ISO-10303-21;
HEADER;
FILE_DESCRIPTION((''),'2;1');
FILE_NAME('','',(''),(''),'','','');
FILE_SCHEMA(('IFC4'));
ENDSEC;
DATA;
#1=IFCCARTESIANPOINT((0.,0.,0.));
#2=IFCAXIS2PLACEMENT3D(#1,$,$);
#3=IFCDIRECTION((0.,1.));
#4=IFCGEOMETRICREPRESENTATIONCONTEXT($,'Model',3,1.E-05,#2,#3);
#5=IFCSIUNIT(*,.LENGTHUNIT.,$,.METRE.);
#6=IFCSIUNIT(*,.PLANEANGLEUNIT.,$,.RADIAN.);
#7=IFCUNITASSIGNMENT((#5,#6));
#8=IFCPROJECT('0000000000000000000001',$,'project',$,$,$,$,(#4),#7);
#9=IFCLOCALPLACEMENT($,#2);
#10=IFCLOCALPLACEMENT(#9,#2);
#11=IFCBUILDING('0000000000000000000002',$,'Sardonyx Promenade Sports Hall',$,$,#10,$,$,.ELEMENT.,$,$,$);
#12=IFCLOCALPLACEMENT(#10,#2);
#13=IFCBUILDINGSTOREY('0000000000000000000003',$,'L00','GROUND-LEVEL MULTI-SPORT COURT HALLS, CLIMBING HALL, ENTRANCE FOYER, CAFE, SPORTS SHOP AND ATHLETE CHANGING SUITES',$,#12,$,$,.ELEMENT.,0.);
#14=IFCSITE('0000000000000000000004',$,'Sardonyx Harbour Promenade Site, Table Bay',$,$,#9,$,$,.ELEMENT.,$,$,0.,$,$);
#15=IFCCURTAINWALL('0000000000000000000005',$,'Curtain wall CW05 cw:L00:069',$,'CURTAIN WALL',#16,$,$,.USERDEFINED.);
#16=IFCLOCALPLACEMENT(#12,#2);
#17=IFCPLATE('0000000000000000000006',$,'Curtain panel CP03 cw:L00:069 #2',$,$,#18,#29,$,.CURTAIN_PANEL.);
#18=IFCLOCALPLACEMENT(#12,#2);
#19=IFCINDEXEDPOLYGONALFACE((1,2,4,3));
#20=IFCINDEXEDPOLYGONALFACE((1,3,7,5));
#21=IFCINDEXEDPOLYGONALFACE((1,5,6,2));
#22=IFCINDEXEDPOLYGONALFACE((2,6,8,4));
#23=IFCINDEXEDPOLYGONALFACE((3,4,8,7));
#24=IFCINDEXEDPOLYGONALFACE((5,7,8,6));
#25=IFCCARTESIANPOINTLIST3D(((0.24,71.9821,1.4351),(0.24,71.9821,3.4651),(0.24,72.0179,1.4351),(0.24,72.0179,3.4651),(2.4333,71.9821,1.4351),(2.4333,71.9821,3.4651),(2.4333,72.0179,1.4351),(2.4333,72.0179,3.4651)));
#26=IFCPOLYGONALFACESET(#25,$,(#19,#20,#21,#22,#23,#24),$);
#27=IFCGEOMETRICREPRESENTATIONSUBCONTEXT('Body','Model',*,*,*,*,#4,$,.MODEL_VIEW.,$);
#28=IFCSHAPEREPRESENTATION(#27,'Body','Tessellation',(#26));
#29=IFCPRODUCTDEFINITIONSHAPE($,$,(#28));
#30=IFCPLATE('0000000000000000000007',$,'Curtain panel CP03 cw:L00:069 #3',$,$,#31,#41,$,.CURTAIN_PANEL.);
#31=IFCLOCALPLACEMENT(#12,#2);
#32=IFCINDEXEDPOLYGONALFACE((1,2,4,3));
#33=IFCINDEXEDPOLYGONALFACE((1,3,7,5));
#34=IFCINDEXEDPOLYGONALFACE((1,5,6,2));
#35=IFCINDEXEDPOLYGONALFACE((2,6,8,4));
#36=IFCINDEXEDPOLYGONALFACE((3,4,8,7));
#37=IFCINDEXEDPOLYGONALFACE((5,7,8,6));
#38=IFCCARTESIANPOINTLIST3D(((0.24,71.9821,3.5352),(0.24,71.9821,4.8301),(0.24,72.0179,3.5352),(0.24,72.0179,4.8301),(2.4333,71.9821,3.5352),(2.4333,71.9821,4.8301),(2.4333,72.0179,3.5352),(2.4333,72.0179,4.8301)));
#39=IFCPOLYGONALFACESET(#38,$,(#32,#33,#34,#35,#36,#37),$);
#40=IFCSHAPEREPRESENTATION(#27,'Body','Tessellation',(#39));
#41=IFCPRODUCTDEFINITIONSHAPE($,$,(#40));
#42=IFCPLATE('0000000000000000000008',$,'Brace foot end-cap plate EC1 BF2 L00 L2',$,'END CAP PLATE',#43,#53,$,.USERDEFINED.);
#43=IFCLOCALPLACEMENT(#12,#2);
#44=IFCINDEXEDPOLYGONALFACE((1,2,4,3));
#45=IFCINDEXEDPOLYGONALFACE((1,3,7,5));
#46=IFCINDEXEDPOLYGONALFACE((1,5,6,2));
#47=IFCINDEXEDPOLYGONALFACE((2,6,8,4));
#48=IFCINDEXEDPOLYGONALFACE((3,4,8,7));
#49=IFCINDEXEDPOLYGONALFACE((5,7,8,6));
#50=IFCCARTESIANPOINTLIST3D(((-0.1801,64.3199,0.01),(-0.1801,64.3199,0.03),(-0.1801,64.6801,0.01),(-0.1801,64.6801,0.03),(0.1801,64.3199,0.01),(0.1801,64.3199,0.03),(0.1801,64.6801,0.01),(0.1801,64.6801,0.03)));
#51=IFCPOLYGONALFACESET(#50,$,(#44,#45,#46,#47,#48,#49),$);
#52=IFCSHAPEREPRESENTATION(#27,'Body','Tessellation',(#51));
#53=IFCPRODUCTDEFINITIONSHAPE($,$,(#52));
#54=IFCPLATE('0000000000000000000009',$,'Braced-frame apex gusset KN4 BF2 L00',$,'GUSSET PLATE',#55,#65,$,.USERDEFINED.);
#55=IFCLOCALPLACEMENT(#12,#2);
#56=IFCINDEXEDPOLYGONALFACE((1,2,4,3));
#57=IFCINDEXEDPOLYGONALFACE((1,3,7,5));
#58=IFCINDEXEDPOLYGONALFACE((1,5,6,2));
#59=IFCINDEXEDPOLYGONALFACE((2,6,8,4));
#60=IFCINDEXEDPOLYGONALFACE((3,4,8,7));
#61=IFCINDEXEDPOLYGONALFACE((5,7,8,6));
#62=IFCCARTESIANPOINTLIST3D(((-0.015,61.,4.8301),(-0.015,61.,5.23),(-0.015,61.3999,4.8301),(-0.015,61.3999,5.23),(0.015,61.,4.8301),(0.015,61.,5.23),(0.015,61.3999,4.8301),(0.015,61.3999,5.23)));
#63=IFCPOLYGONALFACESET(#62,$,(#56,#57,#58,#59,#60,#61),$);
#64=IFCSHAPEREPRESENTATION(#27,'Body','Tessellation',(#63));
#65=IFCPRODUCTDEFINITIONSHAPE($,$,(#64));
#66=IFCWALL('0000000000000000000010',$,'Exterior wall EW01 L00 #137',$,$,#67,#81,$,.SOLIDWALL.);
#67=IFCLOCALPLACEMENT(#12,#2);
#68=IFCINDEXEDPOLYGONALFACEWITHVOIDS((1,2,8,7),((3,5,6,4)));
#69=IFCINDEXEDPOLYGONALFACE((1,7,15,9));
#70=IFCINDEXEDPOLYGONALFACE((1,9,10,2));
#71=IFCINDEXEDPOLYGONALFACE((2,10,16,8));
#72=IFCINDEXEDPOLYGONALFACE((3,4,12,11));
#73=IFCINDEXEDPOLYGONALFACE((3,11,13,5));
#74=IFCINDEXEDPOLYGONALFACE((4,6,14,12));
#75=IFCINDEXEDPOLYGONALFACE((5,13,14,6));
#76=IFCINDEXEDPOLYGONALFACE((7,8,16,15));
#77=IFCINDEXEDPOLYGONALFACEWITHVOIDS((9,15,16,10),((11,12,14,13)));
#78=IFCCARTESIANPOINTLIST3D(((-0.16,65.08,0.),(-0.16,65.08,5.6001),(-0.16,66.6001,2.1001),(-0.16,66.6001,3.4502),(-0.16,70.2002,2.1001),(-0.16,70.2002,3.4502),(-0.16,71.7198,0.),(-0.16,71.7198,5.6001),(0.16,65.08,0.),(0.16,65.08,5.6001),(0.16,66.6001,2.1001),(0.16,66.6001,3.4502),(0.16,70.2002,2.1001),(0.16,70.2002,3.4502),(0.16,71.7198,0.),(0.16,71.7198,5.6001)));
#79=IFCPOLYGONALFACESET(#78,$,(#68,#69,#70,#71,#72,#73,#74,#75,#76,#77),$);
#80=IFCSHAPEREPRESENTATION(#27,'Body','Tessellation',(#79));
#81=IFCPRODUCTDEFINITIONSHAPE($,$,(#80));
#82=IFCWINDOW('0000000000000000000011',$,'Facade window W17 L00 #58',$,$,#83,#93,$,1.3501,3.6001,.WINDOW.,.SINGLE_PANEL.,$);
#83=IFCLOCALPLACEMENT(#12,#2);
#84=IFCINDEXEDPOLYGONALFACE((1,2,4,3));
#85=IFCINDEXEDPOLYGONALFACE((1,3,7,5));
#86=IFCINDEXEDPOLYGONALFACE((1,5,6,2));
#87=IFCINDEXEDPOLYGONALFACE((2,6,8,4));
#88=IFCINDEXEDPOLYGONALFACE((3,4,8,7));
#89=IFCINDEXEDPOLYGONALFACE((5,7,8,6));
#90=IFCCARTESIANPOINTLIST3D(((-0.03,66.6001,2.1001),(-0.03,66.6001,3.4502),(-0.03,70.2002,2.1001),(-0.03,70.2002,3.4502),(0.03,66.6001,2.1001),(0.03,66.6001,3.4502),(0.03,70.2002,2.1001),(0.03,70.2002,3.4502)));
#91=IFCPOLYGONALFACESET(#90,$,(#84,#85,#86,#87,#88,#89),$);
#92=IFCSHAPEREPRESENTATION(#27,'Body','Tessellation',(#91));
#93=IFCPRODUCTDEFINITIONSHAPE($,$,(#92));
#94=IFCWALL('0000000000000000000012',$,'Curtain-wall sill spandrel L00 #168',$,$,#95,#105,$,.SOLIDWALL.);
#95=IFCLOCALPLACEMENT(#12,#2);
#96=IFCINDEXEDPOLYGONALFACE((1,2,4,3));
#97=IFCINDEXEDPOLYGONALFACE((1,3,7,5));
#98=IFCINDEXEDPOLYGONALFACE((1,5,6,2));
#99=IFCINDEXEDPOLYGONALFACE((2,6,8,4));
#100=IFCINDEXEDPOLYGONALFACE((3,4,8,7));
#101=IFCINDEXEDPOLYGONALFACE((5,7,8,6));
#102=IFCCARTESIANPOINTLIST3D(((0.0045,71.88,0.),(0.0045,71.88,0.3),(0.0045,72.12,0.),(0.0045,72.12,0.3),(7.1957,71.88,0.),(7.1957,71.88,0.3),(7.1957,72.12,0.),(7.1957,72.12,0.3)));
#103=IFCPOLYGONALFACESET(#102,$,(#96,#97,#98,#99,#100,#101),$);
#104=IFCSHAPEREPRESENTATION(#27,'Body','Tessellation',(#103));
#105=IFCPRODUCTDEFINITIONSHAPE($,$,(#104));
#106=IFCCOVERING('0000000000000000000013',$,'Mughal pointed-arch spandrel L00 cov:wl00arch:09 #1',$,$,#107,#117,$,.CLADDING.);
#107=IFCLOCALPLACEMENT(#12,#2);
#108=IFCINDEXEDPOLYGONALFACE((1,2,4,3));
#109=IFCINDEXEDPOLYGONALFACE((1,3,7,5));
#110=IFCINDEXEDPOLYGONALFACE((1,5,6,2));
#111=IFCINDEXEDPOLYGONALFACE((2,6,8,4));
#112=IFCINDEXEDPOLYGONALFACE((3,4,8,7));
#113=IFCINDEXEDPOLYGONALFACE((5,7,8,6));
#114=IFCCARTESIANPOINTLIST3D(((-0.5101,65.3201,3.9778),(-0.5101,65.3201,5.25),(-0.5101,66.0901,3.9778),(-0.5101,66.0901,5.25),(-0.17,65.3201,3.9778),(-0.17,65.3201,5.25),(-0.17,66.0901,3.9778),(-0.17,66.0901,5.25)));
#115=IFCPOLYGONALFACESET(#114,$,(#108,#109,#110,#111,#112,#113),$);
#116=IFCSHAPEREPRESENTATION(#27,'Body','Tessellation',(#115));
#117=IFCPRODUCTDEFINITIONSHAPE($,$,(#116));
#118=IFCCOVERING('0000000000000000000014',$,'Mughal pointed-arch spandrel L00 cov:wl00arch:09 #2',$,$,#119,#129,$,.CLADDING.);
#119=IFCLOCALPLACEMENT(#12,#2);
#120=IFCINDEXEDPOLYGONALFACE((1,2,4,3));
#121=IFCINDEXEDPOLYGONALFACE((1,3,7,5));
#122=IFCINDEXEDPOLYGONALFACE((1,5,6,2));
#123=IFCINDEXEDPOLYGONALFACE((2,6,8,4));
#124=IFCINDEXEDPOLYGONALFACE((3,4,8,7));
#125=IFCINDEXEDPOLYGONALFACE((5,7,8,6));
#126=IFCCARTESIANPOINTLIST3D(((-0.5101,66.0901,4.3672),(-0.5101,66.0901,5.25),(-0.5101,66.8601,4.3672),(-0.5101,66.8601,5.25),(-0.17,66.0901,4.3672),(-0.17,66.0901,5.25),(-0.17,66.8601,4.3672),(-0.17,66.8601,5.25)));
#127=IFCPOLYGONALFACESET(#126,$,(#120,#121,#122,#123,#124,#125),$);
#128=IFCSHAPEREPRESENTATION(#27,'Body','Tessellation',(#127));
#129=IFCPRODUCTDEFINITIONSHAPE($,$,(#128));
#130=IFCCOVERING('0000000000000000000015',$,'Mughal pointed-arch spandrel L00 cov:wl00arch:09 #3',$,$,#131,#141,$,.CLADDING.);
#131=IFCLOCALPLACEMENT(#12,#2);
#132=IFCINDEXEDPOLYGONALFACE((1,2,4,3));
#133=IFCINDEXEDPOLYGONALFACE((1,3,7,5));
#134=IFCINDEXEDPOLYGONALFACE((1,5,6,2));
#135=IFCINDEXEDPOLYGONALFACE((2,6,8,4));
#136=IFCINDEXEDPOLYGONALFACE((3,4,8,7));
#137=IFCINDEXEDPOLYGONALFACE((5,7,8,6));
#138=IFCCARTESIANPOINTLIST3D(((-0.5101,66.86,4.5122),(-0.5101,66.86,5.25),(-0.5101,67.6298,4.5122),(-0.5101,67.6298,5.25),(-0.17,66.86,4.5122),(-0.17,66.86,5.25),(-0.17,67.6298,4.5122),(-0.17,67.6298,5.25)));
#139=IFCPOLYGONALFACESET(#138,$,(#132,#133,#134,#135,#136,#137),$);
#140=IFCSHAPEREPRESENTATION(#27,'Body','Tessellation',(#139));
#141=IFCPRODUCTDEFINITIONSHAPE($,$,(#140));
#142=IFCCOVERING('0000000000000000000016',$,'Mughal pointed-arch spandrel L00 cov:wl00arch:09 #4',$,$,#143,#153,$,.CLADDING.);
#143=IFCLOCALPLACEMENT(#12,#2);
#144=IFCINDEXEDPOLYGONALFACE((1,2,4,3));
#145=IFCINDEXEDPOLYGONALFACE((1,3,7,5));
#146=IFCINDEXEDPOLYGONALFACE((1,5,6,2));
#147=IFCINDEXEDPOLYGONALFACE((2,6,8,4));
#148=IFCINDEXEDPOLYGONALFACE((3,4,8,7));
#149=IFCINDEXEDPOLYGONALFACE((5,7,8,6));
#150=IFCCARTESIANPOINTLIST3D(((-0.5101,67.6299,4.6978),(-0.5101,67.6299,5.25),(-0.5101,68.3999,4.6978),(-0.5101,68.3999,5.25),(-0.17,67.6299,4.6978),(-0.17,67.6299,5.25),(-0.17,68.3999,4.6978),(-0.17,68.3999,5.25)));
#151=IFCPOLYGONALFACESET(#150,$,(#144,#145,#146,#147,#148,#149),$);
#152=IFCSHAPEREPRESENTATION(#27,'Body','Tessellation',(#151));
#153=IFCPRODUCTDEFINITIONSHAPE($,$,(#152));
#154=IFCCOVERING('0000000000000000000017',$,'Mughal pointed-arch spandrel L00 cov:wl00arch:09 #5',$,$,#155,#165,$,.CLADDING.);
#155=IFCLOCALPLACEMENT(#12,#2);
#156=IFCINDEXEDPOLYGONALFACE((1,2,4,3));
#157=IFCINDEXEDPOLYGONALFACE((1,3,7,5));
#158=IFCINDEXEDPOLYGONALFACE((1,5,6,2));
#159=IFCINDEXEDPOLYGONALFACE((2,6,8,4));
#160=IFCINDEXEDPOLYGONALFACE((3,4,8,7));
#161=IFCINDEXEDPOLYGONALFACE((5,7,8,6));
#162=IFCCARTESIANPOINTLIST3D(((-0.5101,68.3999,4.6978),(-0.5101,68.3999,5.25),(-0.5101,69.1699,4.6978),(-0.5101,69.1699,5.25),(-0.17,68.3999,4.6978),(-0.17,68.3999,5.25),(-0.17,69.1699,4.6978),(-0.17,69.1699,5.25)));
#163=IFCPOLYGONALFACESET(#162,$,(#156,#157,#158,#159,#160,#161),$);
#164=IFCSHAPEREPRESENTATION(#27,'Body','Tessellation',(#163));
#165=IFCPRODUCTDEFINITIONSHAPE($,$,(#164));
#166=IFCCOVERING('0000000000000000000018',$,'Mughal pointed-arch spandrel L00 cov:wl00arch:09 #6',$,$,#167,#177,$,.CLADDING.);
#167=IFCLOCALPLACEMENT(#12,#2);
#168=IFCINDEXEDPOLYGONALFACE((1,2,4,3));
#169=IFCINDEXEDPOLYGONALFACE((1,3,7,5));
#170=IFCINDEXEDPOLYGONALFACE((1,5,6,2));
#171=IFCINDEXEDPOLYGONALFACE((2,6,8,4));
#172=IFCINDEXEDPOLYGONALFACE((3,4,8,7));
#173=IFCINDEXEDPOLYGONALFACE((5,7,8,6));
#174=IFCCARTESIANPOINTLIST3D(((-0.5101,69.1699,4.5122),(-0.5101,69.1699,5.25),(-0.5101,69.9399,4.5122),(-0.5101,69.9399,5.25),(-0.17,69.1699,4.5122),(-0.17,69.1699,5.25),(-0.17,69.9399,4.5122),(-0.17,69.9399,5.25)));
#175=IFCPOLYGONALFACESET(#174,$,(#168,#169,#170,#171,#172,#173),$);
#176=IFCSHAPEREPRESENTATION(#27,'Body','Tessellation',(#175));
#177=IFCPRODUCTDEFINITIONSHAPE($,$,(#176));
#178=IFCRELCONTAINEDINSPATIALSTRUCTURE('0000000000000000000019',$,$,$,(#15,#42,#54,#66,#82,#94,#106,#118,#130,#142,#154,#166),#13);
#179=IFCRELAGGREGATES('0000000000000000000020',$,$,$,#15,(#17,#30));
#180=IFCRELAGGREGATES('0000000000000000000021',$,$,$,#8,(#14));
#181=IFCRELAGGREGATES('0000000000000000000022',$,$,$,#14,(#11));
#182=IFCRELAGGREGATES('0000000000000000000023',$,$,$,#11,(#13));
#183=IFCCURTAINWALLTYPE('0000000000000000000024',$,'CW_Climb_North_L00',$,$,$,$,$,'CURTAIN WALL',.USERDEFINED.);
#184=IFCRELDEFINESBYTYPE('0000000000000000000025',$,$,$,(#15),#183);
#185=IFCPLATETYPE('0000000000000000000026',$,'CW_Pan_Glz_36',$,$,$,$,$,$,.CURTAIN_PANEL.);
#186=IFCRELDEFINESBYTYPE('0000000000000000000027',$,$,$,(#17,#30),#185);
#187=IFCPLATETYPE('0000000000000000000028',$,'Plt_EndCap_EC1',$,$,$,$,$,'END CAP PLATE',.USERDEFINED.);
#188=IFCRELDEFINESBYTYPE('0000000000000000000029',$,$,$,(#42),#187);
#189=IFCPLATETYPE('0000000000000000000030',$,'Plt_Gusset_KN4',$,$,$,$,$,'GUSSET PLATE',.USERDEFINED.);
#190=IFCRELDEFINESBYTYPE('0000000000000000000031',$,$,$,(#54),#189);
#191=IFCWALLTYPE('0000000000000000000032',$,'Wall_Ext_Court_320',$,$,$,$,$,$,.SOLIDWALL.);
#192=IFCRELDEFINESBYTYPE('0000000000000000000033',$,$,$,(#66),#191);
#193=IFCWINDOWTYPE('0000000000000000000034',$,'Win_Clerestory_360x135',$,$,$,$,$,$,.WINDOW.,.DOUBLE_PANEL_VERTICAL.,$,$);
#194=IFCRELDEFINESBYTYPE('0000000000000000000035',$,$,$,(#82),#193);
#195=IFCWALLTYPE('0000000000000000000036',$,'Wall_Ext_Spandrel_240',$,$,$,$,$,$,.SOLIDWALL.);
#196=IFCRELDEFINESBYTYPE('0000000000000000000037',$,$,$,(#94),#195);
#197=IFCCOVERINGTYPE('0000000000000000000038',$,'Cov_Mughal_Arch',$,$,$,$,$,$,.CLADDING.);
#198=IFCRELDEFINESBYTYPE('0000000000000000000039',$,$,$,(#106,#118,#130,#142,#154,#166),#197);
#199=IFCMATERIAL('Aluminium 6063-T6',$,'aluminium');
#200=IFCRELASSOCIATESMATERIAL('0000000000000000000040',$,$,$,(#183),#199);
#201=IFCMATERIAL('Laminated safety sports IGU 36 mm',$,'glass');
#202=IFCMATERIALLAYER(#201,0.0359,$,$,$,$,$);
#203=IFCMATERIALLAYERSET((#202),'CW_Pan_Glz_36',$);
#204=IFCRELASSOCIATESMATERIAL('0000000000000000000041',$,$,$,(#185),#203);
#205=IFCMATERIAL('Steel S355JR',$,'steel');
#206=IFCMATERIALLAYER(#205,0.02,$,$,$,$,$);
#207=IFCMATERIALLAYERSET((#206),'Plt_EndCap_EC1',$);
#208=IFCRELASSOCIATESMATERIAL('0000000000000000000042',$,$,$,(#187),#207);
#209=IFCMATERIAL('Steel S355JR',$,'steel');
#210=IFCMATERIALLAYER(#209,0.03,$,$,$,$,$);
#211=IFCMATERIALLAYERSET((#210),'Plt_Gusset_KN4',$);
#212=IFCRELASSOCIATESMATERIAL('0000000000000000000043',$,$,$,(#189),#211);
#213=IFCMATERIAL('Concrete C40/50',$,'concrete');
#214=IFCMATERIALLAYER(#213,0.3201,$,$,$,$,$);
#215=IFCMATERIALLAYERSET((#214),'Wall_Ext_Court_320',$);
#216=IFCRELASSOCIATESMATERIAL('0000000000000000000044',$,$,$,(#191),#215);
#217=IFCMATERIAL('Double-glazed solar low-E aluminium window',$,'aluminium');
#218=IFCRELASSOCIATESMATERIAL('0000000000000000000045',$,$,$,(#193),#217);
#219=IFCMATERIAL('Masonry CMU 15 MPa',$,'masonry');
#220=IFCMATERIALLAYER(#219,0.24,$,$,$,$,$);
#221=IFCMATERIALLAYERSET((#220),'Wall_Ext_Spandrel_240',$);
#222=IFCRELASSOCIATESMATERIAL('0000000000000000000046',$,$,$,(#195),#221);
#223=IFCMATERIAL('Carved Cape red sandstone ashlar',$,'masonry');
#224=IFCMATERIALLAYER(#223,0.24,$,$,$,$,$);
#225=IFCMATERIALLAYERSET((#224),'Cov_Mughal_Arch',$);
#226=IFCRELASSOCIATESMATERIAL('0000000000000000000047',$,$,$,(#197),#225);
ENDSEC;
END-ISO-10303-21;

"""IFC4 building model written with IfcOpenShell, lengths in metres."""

from ifc_helpers import new_model, si_unit, direction, frame, frame_2d, origin, origin_2d, place, context, subcontext, project, spatial, rectangle, extrude, material, layer, layer_set, type_object, element, fill, aggregate, save


model = new_model("IFC4")

# Units and contexts
model_context = context("Model", 3, precision=1e-05, world=origin(), true_north=direction((0.0, 1.0)))
body_context = subcontext(model_context, "Body", "Model", "MODEL_VIEW")
ifc_project = project(units=[si_unit("LENGTHUNIT", "METRE"), si_unit("PLANEANGLEUNIT", "RADIAN")], contexts=[model_context])

# Site, building, storey
site_placement = place(None, origin())
site = spatial("IfcSite", under=ifc_project, at=site_placement, Name="Sardonyx Harbour Promenade Site, Table Bay", CompositionType="ELEMENT", RefElevation=0.0)
building_placement = place(site_placement, origin())
building = spatial("IfcBuilding", under=site, at=building_placement, Name="Sardonyx Promenade Sports Hall", CompositionType="ELEMENT")
storey_placement = place(building_placement, origin())
storey = spatial("IfcBuildingStorey", under=building, at=storey_placement, Name="L00", Description="GROUND-LEVEL MULTI-SPORT COURT HALLS, CLIMBING HALL, ENTRANCE FOYER, CAFE, SPORTS SHOP AND ATHLETE CHANGING SUITES", CompositionType="ELEMENT", Elevation=0.0)

# Curtain wall
ifc_material_1 = material(Name="Aluminium 6063-T6", Category="aluminium")
curtain_wall_type = type_object("IfcCurtainWallType", Name="CW_Climb_North_L00", ElementType="CURTAIN WALL", PredefinedType="USERDEFINED", material=ifc_material_1)
curtain_wall_placement = place(storey_placement, origin())
curtain_wall = element("IfcCurtainWall", 1, at=curtain_wall_placement, inside=storey, type_object=curtain_wall_type, Name="Curtain wall CW05 cw:L00:069", ObjectType="CURTAIN WALL", PredefinedType="USERDEFINED")

# Plates
ifc_material_2 = material(Name="Laminated safety sports IGU 36 mm", Category="glass")
ifc_layer_1 = layer(ifc_material_2, 0.0359)
ifc_layer_set_1 = layer_set([ifc_layer_1], Name="CW_Pan_Glz_36")
plate_type_1 = type_object("IfcPlateType", Name="CW_Pan_Glz_36", PredefinedType="CURTAIN_PANEL", material=ifc_layer_set_1)
plate_1_placement = place(storey_placement, frame((1.3367, 72.0, 1.4351), z_axis=(0.0, 0.0, 1.0), x_axis=(1.0, 0.0, 0.0)))
plate_1 = element("IfcPlate", 2, at=plate_1_placement, type_object=plate_type_1, Name="Curtain panel CP03 cw:L00:069 #2", PredefinedType="CURTAIN_PANEL", context=body_context, shape_type="SweptSolid", body=[
    extrude(rectangle(XDim=2.1934, YDim=0.0359, at=origin_2d()), origin(), (0.0, 0.0, 1.0), 2.03),
])
plate_2_placement = place(storey_placement, frame((1.3367, 72.0, 3.5352), z_axis=(0.0, 0.0, 1.0), x_axis=(1.0, 0.0, 0.0)))
plate_2 = element("IfcPlate", 3, at=plate_2_placement, type_object=plate_type_1, Name="Curtain panel CP03 cw:L00:069 #3", PredefinedType="CURTAIN_PANEL", context=body_context, shape_type="SweptSolid", body=[
    extrude(rectangle(XDim=2.1934, YDim=0.0359, at=origin_2d()), origin(), (0.0, 0.0, 1.0), 1.2949),
])
aggregate(curtain_wall, [plate_1, plate_2])

# Plates
ifc_material_3 = material(Name="Steel S355JR", Category="steel")
ifc_layer_2 = layer(ifc_material_3, 0.02)
ifc_layer_set_2 = layer_set([ifc_layer_2], Name="Plt_EndCap_EC1")
plate_type_2 = type_object("IfcPlateType", Name="Plt_EndCap_EC1", ElementType="END CAP PLATE", PredefinedType="USERDEFINED", material=ifc_layer_set_2)
plate_3_placement = place(storey_placement, frame((0.0, 64.5, 0.01), z_axis=(0.0, 0.0, 1.0), x_axis=(1.0, 0.0, 0.0)))
element("IfcPlate", 4, at=plate_3_placement, inside=storey, type_object=plate_type_2, Name="Brace foot end-cap plate EC1 BF2 L00 L2", ObjectType="END CAP PLATE", PredefinedType="USERDEFINED", context=body_context, shape_type="SweptSolid", body=[
    extrude(rectangle(XDim=0.3601, YDim=0.3601, at=origin_2d()), origin(), (0.0, 0.0, 1.0), 0.02),
])
ifc_material_4 = material(Name="Steel S355JR", Category="steel")
ifc_layer_3 = layer(ifc_material_4, 0.03)
ifc_layer_set_3 = layer_set([ifc_layer_3], Name="Plt_Gusset_KN4")
plate_type_3 = type_object("IfcPlateType", Name="Plt_Gusset_KN4", ElementType="GUSSET PLATE", PredefinedType="USERDEFINED", material=ifc_layer_set_3)
plate_4_placement = place(storey_placement, frame((0.0, 61.2, 4.8301), z_axis=(0.0, 0.0, 1.0), x_axis=(0.0, 1.0, 0.0)))
element("IfcPlate", 5, at=plate_4_placement, inside=storey, type_object=plate_type_3, Name="Braced-frame apex gusset KN4 BF2 L00", ObjectType="GUSSET PLATE", PredefinedType="USERDEFINED", context=body_context, shape_type="SweptSolid", body=[
    extrude(rectangle(XDim=0.3999, YDim=0.03, at=origin_2d()), origin(), (0.0, 0.0, 1.0), 0.3999),
])

# Wall, opening, window
ifc_material_5 = material(Name="Concrete C40/50", Category="concrete")
ifc_layer_4 = layer(ifc_material_5, 0.3201)
ifc_layer_set_4 = layer_set([ifc_layer_4], Name="Wall_Ext_Court_320")
wall_type_1 = type_object("IfcWallType", Name="Wall_Ext_Court_320", PredefinedType="SOLIDWALL", material=ifc_layer_set_4)
wall_1_placement = place(storey_placement, frame((0.0, 65.0801, 0.0), z_axis=(0.0, 0.0, 1.0), x_axis=(0.0, 1.0, 0.0)))
wall_1 = element("IfcWall", 6, at=wall_1_placement, inside=storey, type_object=wall_type_1, Name="Exterior wall EW01 L00 #137", PredefinedType="SOLIDWALL", context=body_context, shape_type="SweptSolid", body=[
    extrude(rectangle(XDim=6.6399, YDim=0.3201, at=frame_2d((3.3198, 0.0))), origin(), (0.0, 0.0, 1.0), 5.6001),
])
opening_placement = place(wall_1_placement, frame((1.52, 0.0, 2.1001)))
opening = element("IfcOpeningElement", 7, at=opening_placement, cuts=wall_1, PredefinedType="OPENING", context=body_context, shape_type="SweptSolid", body=[
    extrude(rectangle(XDim=3.6001, YDim=1.3501, at=frame_2d((1.8, 0.675))), frame((0.0, 0.17, 0.0), z_axis=(0.0, -1.0, 0.0), x_axis=(1.0, 0.0, 0.0)), (0.0, 0.0, 1.0), 0.34),
])
ifc_material_6 = material(Name="Double-glazed solar low-E aluminium window", Category="aluminium")
window_type = type_object("IfcWindowType", Name="Win_Clerestory_360x135", PartitioningType="DOUBLE_PANEL_VERTICAL", PredefinedType="WINDOW", material=ifc_material_6)
window_placement = place(opening_placement, origin())
window = element("IfcWindow", 8, at=window_placement, inside=storey, type_object=window_type, Name="Facade window W17 L00 #58", OverallHeight=1.3501, OverallWidth=3.6001, PartitioningType="SINGLE_PANEL", PredefinedType="WINDOW", context=body_context, shape_type="SweptSolid", body=[
    extrude(rectangle(XDim=3.6001, YDim=1.3501, at=frame_2d((1.8, 0.675))), frame((0.0, 0.03, 0.0), z_axis=(0.0, -1.0, 0.0), x_axis=(1.0, 0.0, 0.0)), (0.0, 0.0, 1.0), 0.0601),
])
fill(opening, window)

# Wall
ifc_material_7 = material(Name="Masonry CMU 15 MPa", Category="masonry")
ifc_layer_5 = layer(ifc_material_7, 0.24)
ifc_layer_set_5 = layer_set([ifc_layer_5], Name="Wall_Ext_Spandrel_240")
wall_type_2 = type_object("IfcWallType", Name="Wall_Ext_Spandrel_240", PredefinedType="SOLIDWALL", material=ifc_layer_set_5)
wall_2_placement = place(storey_placement, frame((0.0044, 72.0, 0.0), z_axis=(0.0, 0.0, 1.0), x_axis=(1.0, 0.0, 0.0)))
element("IfcWall", 9, at=wall_2_placement, inside=storey, type_object=wall_type_2, Name="Curtain-wall sill spandrel L00 #168", PredefinedType="SOLIDWALL", context=body_context, shape_type="SweptSolid", body=[
    extrude(rectangle(XDim=7.1912, YDim=0.24, at=frame_2d((3.5957, 0.0))), origin(), (0.0, 0.0, 1.0), 0.3),
])

# Coverings
ifc_material_8 = material(Name="Carved Cape red sandstone ashlar", Category="masonry")
ifc_layer_6 = layer(ifc_material_8, 0.24)
ifc_layer_set_6 = layer_set([ifc_layer_6], Name="Cov_Mughal_Arch")
covering_type = type_object("IfcCoveringType", Name="Cov_Mughal_Arch", PredefinedType="CLADDING", material=ifc_layer_set_6)
covering_1_placement = place(storey_placement, frame((-0.3401, 65.3201, 3.9778), z_axis=(0.0, 0.0, 1.0), x_axis=(0.0, 1.0, 0.0)))
element("IfcCovering", 10, at=covering_1_placement, inside=storey, type_object=covering_type, Name="Mughal pointed-arch spandrel L00 cov:wl00arch:09 #1", PredefinedType="CLADDING", context=body_context, shape_type="SweptSolid", body=[
    extrude(rectangle(XDim=0.77, YDim=0.3401, at=frame_2d((0.385, 0.0))), origin(), (0.0, 0.0, 1.0), 1.2722),
])
covering_2_placement = place(storey_placement, frame((-0.3401, 66.0901, 4.3672), z_axis=(0.0, 0.0, 1.0), x_axis=(0.0, 1.0, 0.0)))
element("IfcCovering", 11, at=covering_2_placement, inside=storey, type_object=covering_type, Name="Mughal pointed-arch spandrel L00 cov:wl00arch:09 #2", PredefinedType="CLADDING", context=body_context, shape_type="SweptSolid", body=[
    extrude(rectangle(XDim=0.77, YDim=0.3401, at=frame_2d((0.385, 0.0))), origin(), (0.0, 0.0, 1.0), 0.8828),
])
covering_3_placement = place(storey_placement, frame((-0.3401, 66.8601, 4.5122), z_axis=(0.0, 0.0, 1.0), x_axis=(0.0, 1.0, 0.0)))
element("IfcCovering", 12, at=covering_3_placement, inside=storey, type_object=covering_type, Name="Mughal pointed-arch spandrel L00 cov:wl00arch:09 #3", PredefinedType="CLADDING", context=body_context, shape_type="SweptSolid", body=[
    extrude(rectangle(XDim=0.7698, YDim=0.3401, at=frame_2d((0.3848, 0.0))), origin(), (0.0, 0.0, 1.0), 0.7378),
])
for number, where, z_axis, x_axis, name in (
    (13, (-0.3401, 67.6299, 4.6978), (0.0, 0.0, 1.0), (0.0, 1.0, 0.0), "Mughal pointed-arch spandrel L00 cov:wl00arch:09 #4"),
    (14, (-0.3401, 68.3999, 4.6978), (0.0, 0.0, 1.0), (0.0, 1.0, 0.0), "Mughal pointed-arch spandrel L00 cov:wl00arch:09 #5"),
):
    element("IfcCovering", number, at=place(storey_placement, frame(where, z_axis=z_axis, x_axis=x_axis)), inside=storey, type_object=covering_type, Name=name, PredefinedType="CLADDING", context=body_context, shape_type="SweptSolid", body=[
        extrude(rectangle(XDim=0.77, YDim=0.3401, at=frame_2d((0.385, 0.0))), origin(), (0.0, 0.0, 1.0), 0.5522),
    ])
covering_4_placement = place(storey_placement, frame((-0.3401, 69.1699, 4.5122), z_axis=(0.0, 0.0, 1.0), x_axis=(0.0, 1.0, 0.0)))
element("IfcCovering", 15, at=covering_4_placement, inside=storey, type_object=covering_type, Name="Mughal pointed-arch spandrel L00 cov:wl00arch:09 #6", PredefinedType="CLADDING", context=body_context, shape_type="SweptSolid", body=[
    extrude(rectangle(XDim=0.77, YDim=0.3401, at=frame_2d((0.385, 0.0))), origin(), (0.0, 0.0, 1.0), 0.7378),
])

save(model, "model.ifc")
